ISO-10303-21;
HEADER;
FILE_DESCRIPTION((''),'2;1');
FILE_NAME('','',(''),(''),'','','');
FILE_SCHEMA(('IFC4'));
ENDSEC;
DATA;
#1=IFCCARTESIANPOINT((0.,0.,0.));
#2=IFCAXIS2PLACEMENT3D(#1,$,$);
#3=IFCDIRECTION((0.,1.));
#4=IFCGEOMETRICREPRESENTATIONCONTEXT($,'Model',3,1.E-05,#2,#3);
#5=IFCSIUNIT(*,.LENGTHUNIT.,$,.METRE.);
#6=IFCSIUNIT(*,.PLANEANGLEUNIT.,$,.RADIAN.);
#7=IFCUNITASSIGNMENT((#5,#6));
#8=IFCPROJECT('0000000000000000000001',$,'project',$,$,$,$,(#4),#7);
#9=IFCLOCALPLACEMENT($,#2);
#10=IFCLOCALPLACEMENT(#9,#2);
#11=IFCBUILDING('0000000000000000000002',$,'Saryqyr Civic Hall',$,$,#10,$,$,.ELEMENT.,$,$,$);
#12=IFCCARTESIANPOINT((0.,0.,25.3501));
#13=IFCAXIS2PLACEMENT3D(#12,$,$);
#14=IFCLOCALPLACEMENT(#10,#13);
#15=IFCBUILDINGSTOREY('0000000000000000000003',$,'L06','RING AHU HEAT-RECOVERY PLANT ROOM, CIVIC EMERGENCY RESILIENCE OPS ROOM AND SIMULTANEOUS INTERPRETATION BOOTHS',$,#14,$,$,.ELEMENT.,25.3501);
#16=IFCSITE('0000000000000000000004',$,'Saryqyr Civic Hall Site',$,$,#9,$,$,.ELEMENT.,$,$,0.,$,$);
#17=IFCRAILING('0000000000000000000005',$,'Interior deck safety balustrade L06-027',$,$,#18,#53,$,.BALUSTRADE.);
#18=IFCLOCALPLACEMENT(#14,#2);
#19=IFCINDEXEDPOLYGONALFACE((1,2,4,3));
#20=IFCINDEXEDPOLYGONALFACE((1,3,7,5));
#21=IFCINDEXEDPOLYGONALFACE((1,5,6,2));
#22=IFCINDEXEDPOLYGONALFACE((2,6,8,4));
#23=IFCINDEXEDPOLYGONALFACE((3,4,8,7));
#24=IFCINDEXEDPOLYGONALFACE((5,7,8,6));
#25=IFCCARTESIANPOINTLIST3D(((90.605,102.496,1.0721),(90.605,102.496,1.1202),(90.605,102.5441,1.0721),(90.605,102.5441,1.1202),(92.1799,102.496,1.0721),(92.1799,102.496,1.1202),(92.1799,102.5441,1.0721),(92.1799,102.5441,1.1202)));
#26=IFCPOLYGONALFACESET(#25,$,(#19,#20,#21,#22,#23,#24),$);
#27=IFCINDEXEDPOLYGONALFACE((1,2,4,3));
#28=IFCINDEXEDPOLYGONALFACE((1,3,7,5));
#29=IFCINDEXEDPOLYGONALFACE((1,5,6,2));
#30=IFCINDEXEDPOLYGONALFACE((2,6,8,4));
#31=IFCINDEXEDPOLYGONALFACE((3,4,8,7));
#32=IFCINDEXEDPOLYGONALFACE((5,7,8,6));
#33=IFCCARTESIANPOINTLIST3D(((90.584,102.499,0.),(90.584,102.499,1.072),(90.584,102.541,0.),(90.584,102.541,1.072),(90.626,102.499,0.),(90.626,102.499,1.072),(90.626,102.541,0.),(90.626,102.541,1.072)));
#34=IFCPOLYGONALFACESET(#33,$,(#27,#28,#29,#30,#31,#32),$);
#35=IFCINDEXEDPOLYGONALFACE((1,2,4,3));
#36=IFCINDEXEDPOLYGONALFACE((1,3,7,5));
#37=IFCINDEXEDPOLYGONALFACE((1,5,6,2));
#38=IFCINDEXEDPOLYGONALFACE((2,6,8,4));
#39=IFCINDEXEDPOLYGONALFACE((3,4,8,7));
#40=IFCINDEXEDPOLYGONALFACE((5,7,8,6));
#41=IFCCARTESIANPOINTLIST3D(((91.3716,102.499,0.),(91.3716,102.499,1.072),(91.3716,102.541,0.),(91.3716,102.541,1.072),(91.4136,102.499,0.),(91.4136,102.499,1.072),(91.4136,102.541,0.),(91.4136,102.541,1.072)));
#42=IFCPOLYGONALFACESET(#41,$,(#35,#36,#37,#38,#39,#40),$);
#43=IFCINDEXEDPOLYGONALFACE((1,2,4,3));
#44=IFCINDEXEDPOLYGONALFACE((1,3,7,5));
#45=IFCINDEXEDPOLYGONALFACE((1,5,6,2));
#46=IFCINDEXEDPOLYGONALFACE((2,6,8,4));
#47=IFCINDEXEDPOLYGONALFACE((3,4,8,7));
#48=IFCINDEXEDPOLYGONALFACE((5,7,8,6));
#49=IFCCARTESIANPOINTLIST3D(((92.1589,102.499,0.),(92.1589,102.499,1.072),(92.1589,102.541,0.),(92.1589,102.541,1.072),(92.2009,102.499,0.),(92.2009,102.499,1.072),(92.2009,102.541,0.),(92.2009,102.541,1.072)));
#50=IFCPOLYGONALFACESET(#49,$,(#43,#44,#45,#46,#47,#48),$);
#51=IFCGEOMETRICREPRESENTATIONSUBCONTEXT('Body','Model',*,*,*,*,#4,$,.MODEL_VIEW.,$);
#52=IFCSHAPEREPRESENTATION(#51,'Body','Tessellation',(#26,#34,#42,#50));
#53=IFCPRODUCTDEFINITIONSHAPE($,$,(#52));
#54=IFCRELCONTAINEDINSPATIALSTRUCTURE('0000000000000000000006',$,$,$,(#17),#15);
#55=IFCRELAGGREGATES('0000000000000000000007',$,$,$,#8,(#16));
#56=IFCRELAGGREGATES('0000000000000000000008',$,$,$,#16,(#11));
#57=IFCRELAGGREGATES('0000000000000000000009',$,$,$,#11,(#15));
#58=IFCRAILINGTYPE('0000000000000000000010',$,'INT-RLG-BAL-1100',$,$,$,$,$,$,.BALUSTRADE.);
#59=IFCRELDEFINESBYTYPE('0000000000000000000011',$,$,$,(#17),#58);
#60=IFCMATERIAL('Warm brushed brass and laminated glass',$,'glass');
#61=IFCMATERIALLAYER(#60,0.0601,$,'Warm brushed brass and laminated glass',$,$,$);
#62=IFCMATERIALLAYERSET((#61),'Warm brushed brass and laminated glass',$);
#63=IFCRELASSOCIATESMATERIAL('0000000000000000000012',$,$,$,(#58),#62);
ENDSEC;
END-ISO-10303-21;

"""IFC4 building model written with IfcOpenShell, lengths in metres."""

from ifc_helpers import new_model, si_unit, direction, frame, origin, origin_2d, place, context, subcontext, project, spatial, rectangle, extrude, material, layer, layer_set, type_object, element, save


model = new_model("IFC4")

# Units and contexts
model_context = context("Model", 3, precision=1e-05, world=origin(), true_north=direction((0.0, 1.0)))
body_context = subcontext(model_context, "Body", "Model", "MODEL_VIEW")
ifc_project = project(units=[si_unit("LENGTHUNIT", "METRE"), si_unit("PLANEANGLEUNIT", "RADIAN")], contexts=[model_context])

# Site, building, storey
site_placement = place(None, origin())
site = spatial("IfcSite", under=ifc_project, at=site_placement, Name="Saryqyr Civic Hall Site", CompositionType="ELEMENT", RefElevation=0.0)
building_placement = place(site_placement, origin())
building = spatial("IfcBuilding", under=site, at=building_placement, Name="Saryqyr Civic Hall", CompositionType="ELEMENT")
storey_placement = place(building_placement, frame((0.0, 0.0, 25.3501)))
storey = spatial("IfcBuildingStorey", under=building, at=storey_placement, Name="L06", Description="RING AHU HEAT-RECOVERY PLANT ROOM, CIVIC EMERGENCY RESILIENCE OPS ROOM AND SIMULTANEOUS INTERPRETATION BOOTHS", CompositionType="ELEMENT", Elevation=25.3501)

# Railing
ifc_material_1 = material(Name="Warm brushed brass and laminated glass", Category="glass")
ifc_layer_1 = layer(ifc_material_1, 0.0601, Name="Warm brushed brass and laminated glass")
ifc_layer_set_1 = layer_set([ifc_layer_1], Name="Warm brushed brass and laminated glass")
railing_type = type_object("IfcRailingType", Name="INT-RLG-BAL-1100", PredefinedType="BALUSTRADE", material=ifc_layer_set_1)
railing_1_placement = place(storey_placement, frame((90.605, 102.52, 0.0)))
element("IfcRailing", 1, at=railing_1_placement, inside=storey, type_object=railing_type, Name="Interior deck safety balustrade L06-027", PredefinedType="BALUSTRADE", context=body_context, shape_type="SweptSolid", body=[
    extrude(rectangle(XDim=0.0481, YDim=0.0481, at=origin_2d()), frame((0.0, 0.0, 1.0962), z_axis=(1.0, 0.0, 0.0), x_axis=(0.0, 1.0, 0.0)), (0.0, 0.0, 1.0), 1.575),
    extrude(rectangle(XDim=0.042, YDim=0.042, at=origin_2d()), origin(), (0.0, 0.0, 1.0), 1.072),
    extrude(rectangle(XDim=0.042, YDim=0.042, at=origin_2d()), frame((0.7876, 0.0, 0.0)), (0.0, 0.0, 1.0), 1.072),
    extrude(rectangle(XDim=0.042, YDim=0.042, at=origin_2d()), frame((1.575, 0.0, 0.0)), (0.0, 0.0, 1.0), 1.072),
])

save(model, "model.ifc")
